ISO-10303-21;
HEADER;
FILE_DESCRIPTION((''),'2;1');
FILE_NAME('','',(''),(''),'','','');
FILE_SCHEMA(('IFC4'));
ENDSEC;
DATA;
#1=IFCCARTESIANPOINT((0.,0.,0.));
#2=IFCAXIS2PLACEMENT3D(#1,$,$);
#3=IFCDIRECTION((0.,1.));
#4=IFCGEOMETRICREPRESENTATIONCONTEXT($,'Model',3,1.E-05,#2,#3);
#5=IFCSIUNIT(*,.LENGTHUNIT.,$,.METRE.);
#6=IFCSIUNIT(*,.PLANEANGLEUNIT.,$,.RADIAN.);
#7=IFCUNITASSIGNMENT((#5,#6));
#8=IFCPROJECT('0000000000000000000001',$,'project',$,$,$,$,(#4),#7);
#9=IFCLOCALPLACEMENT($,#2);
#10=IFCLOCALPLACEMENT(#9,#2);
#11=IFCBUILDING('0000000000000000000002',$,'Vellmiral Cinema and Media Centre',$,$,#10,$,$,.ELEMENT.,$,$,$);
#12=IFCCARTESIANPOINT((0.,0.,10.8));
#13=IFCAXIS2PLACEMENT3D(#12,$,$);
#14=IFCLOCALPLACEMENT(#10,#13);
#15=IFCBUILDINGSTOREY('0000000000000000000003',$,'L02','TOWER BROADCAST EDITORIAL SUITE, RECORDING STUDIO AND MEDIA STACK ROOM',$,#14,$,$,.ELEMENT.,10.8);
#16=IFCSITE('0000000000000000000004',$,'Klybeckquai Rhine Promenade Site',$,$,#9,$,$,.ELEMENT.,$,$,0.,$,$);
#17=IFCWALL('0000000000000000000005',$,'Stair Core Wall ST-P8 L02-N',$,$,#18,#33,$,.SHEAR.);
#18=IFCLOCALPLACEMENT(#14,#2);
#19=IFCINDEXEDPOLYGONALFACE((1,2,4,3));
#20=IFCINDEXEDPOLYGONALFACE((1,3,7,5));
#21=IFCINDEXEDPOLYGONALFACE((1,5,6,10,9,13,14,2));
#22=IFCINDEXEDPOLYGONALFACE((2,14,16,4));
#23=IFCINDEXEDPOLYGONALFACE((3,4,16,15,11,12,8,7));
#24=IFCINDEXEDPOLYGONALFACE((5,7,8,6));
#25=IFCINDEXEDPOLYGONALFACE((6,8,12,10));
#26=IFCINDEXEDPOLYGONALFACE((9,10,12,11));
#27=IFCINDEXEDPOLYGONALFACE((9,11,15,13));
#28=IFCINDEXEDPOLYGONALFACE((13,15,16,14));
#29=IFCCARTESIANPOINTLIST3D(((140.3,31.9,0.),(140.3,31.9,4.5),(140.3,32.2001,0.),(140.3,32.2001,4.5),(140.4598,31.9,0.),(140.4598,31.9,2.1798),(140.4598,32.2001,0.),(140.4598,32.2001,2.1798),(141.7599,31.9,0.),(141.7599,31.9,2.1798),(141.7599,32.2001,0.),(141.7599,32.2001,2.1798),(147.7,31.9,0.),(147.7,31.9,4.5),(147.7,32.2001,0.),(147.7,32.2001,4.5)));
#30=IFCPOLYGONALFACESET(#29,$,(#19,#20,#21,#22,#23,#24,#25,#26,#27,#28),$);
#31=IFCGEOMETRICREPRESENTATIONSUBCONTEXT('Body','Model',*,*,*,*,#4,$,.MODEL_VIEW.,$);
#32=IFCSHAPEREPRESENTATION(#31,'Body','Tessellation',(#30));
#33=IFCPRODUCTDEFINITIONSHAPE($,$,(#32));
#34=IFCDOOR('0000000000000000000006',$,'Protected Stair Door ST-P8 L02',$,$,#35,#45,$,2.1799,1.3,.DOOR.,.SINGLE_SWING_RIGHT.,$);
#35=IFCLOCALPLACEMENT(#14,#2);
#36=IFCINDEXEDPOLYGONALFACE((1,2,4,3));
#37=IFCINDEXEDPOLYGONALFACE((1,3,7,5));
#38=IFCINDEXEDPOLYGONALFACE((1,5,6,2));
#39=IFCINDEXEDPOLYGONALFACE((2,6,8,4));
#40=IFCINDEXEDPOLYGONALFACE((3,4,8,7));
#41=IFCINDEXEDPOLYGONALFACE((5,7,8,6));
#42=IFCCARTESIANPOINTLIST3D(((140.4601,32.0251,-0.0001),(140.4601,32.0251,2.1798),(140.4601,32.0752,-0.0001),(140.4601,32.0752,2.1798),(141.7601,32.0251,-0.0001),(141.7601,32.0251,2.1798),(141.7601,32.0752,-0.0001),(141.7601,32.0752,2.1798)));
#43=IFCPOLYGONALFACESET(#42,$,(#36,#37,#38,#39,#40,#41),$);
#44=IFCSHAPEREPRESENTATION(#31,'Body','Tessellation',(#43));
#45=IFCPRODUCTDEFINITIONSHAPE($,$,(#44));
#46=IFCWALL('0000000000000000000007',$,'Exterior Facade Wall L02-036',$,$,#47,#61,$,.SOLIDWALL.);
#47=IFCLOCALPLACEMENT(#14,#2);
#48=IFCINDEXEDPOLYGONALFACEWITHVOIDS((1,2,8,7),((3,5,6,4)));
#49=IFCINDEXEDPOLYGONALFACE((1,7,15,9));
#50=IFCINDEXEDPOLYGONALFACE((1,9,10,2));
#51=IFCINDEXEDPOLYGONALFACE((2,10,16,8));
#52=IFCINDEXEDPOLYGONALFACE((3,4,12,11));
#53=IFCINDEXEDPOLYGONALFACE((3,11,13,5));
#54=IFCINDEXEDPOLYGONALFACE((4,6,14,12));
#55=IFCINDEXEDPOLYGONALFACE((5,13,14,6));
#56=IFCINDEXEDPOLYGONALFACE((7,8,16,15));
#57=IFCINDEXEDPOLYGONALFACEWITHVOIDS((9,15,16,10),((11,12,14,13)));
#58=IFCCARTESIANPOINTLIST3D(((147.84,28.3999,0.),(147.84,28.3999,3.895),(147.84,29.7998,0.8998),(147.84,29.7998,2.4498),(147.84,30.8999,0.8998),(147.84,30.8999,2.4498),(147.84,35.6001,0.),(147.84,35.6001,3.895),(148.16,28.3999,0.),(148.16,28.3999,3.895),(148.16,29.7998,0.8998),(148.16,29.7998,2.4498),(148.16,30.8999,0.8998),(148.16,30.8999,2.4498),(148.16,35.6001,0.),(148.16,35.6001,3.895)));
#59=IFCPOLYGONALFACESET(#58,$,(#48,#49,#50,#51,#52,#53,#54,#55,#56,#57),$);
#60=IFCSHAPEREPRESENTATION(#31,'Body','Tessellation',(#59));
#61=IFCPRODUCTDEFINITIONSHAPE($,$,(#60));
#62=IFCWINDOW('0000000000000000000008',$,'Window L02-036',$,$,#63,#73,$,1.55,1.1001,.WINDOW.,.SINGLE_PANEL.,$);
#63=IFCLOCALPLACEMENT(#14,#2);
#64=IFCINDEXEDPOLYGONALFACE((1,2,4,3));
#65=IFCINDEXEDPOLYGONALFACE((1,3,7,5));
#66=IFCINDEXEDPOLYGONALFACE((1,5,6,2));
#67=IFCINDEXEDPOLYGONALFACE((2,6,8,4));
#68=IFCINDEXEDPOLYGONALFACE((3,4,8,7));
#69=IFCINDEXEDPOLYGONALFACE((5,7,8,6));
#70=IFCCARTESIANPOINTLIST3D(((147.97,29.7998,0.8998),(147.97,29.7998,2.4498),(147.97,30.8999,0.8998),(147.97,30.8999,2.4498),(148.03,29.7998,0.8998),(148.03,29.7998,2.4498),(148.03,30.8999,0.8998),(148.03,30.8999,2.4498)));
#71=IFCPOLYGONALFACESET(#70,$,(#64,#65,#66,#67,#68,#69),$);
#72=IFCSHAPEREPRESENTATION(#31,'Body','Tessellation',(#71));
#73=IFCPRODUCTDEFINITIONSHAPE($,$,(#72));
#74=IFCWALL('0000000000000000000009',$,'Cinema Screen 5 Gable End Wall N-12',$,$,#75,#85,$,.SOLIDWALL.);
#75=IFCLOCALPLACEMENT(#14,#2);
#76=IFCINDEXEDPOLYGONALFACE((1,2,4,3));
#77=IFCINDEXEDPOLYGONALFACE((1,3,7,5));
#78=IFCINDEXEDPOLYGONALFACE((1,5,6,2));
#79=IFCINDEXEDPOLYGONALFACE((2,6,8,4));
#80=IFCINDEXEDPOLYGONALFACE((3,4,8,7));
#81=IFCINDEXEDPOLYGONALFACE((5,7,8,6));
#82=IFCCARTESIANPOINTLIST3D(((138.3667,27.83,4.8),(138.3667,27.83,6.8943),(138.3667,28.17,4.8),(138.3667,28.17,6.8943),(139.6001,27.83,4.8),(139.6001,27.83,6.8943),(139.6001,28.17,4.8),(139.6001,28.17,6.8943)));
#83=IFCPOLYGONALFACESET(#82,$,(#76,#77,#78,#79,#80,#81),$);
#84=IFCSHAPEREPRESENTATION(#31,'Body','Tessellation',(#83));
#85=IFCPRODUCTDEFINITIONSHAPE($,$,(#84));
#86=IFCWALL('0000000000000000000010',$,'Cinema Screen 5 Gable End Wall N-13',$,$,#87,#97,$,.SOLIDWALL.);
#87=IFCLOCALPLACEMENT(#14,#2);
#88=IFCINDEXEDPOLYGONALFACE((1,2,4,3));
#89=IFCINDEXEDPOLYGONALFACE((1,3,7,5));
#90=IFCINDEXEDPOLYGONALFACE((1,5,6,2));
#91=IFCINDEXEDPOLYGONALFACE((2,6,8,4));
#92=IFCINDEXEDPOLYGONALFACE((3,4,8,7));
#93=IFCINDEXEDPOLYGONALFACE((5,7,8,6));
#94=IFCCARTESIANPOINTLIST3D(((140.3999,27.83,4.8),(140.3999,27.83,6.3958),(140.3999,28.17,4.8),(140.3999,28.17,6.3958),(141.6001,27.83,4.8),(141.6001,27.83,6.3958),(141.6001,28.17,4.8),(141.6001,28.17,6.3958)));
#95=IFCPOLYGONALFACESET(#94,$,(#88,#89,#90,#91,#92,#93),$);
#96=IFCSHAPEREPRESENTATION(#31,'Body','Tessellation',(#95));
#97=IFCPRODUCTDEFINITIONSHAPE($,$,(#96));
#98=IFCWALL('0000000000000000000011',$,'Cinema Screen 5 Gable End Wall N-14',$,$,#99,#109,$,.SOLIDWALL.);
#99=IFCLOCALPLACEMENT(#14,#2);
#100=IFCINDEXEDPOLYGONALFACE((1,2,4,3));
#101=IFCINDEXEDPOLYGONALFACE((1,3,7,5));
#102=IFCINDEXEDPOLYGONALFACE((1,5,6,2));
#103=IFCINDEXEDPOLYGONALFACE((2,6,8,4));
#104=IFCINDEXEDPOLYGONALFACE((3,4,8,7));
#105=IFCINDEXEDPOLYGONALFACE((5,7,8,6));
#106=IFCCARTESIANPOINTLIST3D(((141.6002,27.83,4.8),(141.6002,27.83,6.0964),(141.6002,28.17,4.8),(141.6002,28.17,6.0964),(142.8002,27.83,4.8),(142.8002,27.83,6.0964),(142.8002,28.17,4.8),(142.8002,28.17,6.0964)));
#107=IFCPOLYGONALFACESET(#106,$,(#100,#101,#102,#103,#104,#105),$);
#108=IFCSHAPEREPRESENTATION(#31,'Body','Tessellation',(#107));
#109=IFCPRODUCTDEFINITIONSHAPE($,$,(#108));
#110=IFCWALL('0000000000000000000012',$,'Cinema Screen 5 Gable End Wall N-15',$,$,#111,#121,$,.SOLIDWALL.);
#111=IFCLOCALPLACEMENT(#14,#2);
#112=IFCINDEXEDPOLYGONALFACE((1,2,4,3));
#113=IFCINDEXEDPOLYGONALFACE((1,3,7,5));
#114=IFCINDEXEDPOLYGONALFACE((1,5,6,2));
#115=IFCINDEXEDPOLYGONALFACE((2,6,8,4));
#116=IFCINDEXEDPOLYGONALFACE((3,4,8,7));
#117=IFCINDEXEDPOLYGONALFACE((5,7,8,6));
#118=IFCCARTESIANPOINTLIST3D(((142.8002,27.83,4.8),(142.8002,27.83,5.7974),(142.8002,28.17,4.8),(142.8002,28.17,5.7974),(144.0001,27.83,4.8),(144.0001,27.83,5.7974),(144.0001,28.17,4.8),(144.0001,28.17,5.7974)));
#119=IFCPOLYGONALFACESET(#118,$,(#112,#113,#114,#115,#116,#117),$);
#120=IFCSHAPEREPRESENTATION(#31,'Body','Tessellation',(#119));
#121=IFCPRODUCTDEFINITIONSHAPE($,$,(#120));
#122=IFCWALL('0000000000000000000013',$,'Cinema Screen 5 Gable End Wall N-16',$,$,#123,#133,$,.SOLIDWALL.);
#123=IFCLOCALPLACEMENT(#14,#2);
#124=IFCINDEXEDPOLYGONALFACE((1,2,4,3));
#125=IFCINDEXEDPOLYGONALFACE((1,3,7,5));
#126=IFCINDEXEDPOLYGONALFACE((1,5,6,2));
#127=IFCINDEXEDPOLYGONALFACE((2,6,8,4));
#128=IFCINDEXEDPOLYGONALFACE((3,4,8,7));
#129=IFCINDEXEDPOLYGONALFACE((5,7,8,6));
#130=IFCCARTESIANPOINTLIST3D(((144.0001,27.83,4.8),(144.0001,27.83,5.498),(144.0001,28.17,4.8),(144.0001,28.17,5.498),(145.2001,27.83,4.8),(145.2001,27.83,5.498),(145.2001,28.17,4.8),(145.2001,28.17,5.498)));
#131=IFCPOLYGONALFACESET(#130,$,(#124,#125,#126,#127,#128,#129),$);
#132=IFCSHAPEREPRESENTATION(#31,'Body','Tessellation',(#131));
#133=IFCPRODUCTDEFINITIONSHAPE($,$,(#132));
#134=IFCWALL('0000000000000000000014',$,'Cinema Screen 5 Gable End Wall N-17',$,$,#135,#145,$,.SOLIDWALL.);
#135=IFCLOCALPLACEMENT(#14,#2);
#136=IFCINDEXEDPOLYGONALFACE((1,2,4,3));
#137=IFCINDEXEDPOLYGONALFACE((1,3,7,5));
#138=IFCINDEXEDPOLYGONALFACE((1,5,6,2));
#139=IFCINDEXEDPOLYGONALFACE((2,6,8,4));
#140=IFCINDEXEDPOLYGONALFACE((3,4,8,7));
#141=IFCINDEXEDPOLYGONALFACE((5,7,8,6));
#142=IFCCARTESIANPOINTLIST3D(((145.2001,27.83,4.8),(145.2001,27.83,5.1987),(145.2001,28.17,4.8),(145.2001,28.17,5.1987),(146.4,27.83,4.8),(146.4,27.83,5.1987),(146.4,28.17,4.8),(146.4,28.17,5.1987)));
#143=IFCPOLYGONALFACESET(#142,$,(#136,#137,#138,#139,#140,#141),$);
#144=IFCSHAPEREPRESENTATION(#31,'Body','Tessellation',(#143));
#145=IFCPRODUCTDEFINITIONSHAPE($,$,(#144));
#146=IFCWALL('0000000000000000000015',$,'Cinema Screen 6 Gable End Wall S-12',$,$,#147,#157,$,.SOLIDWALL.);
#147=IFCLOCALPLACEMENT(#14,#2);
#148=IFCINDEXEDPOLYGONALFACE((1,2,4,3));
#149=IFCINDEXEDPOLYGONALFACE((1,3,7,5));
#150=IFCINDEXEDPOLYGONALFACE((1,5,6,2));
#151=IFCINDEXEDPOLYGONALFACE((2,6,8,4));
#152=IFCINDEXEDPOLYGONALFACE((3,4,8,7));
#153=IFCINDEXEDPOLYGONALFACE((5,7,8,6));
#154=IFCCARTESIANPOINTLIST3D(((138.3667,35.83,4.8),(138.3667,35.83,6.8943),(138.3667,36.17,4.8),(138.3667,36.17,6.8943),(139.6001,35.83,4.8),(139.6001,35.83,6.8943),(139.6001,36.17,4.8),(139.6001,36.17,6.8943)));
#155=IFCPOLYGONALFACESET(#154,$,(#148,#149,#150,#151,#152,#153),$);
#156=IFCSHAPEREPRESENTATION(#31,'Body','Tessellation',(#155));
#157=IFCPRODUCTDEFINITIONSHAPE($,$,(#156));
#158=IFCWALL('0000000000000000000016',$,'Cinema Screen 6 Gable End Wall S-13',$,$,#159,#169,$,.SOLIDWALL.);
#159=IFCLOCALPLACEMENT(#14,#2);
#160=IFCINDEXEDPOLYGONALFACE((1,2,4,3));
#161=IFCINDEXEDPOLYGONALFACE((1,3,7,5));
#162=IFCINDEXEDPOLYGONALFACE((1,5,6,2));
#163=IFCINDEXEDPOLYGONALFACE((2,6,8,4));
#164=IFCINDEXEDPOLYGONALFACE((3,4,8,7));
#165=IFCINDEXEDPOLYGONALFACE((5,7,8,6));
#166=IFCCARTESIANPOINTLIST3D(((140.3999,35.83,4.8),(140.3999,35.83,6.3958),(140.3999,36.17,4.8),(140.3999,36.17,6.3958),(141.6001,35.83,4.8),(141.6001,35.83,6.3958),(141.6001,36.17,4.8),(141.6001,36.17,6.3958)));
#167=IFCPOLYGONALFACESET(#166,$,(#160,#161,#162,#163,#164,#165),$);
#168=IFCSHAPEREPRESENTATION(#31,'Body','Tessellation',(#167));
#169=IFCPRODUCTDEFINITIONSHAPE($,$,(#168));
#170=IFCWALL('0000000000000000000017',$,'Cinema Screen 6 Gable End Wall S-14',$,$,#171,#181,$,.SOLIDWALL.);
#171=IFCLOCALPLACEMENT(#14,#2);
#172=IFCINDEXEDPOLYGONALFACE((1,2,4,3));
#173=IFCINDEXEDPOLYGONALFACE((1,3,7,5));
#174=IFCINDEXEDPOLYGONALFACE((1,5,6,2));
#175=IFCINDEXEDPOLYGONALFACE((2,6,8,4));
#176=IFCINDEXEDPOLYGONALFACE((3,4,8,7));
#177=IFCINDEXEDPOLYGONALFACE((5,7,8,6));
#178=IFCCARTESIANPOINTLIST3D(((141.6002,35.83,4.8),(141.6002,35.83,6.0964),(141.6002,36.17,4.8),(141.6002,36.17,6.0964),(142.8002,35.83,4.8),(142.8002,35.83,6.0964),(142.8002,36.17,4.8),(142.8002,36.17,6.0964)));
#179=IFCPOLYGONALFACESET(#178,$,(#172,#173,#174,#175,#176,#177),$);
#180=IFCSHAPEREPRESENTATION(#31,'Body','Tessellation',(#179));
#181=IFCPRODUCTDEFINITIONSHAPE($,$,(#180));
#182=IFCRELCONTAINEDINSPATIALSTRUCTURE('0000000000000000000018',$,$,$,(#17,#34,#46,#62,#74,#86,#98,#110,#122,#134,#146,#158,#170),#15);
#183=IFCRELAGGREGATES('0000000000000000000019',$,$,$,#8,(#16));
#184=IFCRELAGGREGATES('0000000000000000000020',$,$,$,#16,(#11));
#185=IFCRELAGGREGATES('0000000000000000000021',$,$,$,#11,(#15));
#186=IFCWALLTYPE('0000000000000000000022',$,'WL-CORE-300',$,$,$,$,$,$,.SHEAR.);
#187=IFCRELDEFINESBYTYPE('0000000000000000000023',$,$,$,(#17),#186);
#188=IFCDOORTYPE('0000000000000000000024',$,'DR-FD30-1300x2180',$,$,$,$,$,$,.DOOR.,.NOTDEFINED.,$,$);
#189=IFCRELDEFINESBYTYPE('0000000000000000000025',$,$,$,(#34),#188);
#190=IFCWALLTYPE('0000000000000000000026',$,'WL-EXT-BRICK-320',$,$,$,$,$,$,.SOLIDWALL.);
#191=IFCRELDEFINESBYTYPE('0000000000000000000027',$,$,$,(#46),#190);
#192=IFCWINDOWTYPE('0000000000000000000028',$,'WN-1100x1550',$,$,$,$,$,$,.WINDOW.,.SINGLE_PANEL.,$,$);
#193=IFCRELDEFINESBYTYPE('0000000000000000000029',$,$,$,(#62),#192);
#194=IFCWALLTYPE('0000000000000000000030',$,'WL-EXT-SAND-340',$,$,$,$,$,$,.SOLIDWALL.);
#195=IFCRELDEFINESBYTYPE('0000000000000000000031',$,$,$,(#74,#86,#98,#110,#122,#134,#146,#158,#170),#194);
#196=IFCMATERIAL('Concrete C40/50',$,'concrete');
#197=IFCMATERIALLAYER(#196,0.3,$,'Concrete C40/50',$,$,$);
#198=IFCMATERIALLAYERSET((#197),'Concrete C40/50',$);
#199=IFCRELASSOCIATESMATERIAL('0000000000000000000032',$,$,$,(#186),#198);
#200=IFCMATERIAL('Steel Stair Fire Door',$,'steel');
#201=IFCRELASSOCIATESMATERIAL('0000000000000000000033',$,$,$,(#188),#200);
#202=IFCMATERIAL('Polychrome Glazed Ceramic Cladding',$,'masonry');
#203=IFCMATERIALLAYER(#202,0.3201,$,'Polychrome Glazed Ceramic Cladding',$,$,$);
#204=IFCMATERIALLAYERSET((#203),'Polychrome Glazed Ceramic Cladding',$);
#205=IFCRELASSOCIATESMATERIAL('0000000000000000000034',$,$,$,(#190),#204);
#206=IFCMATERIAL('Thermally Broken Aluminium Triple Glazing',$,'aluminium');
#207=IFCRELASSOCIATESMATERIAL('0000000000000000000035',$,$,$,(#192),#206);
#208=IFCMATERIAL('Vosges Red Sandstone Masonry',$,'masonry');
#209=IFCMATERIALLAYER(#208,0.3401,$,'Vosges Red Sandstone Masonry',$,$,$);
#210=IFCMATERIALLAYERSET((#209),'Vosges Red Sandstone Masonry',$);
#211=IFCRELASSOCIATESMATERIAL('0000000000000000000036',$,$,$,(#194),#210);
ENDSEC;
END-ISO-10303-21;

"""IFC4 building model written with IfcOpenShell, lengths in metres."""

from ifc_helpers import new_model, si_unit, direction, frame, frame_2d, origin, place, context, subcontext, project, spatial, rectangle, extrude, material, layer, layer_set, type_object, element, fill, save


model = new_model("IFC4")

# Units and contexts
model_context = context("Model", 3, precision=1e-05, world=origin(), true_north=direction((0.0, 1.0)))
body_context = subcontext(model_context, "Body", "Model", "MODEL_VIEW")
ifc_project = project(units=[si_unit("LENGTHUNIT", "METRE"), si_unit("PLANEANGLEUNIT", "RADIAN")], contexts=[model_context])

# Site, building, storey
site_placement = place(None, origin())
site = spatial("IfcSite", under=ifc_project, at=site_placement, Name="Klybeckquai Rhine Promenade Site", CompositionType="ELEMENT", RefElevation=0.0)
building_placement = place(site_placement, origin())
building = spatial("IfcBuilding", under=site, at=building_placement, Name="Vellmiral Cinema and Media Centre", CompositionType="ELEMENT")
storey_placement = place(building_placement, frame((0.0, 0.0, 10.8)))
storey = spatial("IfcBuildingStorey", under=building, at=storey_placement, Name="L02", Description="TOWER BROADCAST EDITORIAL SUITE, RECORDING STUDIO AND MEDIA STACK ROOM", CompositionType="ELEMENT", Elevation=10.8)

# Shared definitions
ifc_material_1 = material(Name="Concrete C40/50", Category="concrete")
ifc_layer_1 = layer(ifc_material_1, 0.3, Name="Concrete C40/50")
ifc_layer_set_1 = layer_set([ifc_layer_1], Name="Concrete C40/50")
wall_type_1 = type_object("IfcWallType", Name="WL-CORE-300", PredefinedType="SHEAR", material=ifc_layer_set_1)

# Wall, opening, door
wall_1_placement = place(storey_placement, frame((140.3, 32.05, 0.0), z_axis=(0.0, 0.0, 1.0), x_axis=(1.0, 0.0, 0.0)))
wall_1 = element("IfcWall", 1, at=wall_1_placement, inside=storey, type_object=wall_type_1, Name="Stair Core Wall ST-P8 L02-N", PredefinedType="SHEAR", context=body_context, shape_type="SweptSolid", body=[
    extrude(rectangle(XDim=7.3999, YDim=0.3, at=frame_2d((3.7, 0.0))), origin(), (0.0, 0.0, 1.0), 4.5),
])
opening_1_placement = place(wall_1_placement, frame((0.1599, 0.0, 0.0)))
opening_1 = element("IfcOpeningElement", 2, at=opening_1_placement, cuts=wall_1, PredefinedType="OPENING", context=body_context, shape_type="SweptSolid", body=[
    extrude(rectangle(XDim=1.3, YDim=2.1799, at=frame_2d((0.6499, 1.0898))), frame((0.0, 0.1621, 0.0), z_axis=(0.0, -1.0, 0.0), x_axis=(1.0, 0.0, 0.0)), (0.0, 0.0, 1.0), 0.324),
])
ifc_material_2 = material(Name="Steel Stair Fire Door", Category="steel")
door_type_1 = type_object("IfcDoorType", Name="DR-FD30-1300x2180", OperationType="NOTDEFINED", PredefinedType="DOOR", material=ifc_material_2)
door_1_placement = place(opening_1_placement, frame((1.3, 0.0, 0.0), z_axis=(0.0, 0.0, 1.0), x_axis=(-1.0, 0.0, 0.0)))
door_1 = element("IfcDoor", 3, at=door_1_placement, inside=storey, type_object=door_type_1, Name="Protected Stair Door ST-P8 L02", OperationType="SINGLE_SWING_RIGHT", OverallHeight=2.1799, OverallWidth=1.3, PredefinedType="DOOR", context=body_context, shape_type="SweptSolid", body=[
    extrude(rectangle(XDim=1.3, YDim=2.1799, at=frame_2d((0.6499, 1.0898))), frame((0.0, 0.0249, 0.0), z_axis=(0.0, -1.0, 0.0), x_axis=(1.0, 0.0, 0.0)), (0.0, 0.0, 1.0), 0.05),
])
fill(opening_1, door_1)

# Wall, opening, window
ifc_material_3 = material(Name="Polychrome Glazed Ceramic Cladding", Category="masonry")
ifc_layer_2 = layer(ifc_material_3, 0.3201, Name="Polychrome Glazed Ceramic Cladding")
ifc_layer_set_2 = layer_set([ifc_layer_2], Name="Polychrome Glazed Ceramic Cladding")
wall_type_2 = type_object("IfcWallType", Name="WL-EXT-BRICK-320", PredefinedType="SOLIDWALL", material=ifc_layer_set_2)
wall_2_placement = place(storey_placement, frame((148.0, 28.3999, 0.0), z_axis=(0.0, 0.0, 1.0), x_axis=(0.0, 1.0, 0.0)))
wall_2 = element("IfcWall", 4, at=wall_2_placement, inside=storey, type_object=wall_type_2, Name="Exterior Facade Wall L02-036", PredefinedType="SOLIDWALL", context=body_context, shape_type="SweptSolid", body=[
    extrude(rectangle(XDim=7.2002, YDim=0.3201, at=frame_2d((3.6001, 0.0))), origin(), (0.0, 0.0, 1.0), 3.895),
])
opening_2_placement = place(wall_2_placement, frame((1.3999, 0.0, 0.8999)))
opening_2 = element("IfcOpeningElement", 5, at=opening_2_placement, cuts=wall_2, PredefinedType="OPENING", context=body_context, shape_type="SweptSolid", body=[
    extrude(rectangle(XDim=1.1001, YDim=1.55, at=frame_2d((0.55, 0.7749))), frame((0.0, 0.1719, 0.0), z_axis=(0.0, -1.0, 0.0), x_axis=(1.0, 0.0, 0.0)), (0.0, 0.0, 1.0), 0.344),
])
ifc_material_4 = material(Name="Thermally Broken Aluminium Triple Glazing", Category="aluminium")
window_type = type_object("IfcWindowType", Name="WN-1100x1550", PartitioningType="SINGLE_PANEL", PredefinedType="WINDOW", material=ifc_material_4)
window_placement = place(opening_2_placement, origin())
window = element("IfcWindow", 6, at=window_placement, inside=storey, type_object=window_type, Name="Window L02-036", OverallHeight=1.55, OverallWidth=1.1001, PartitioningType="SINGLE_PANEL", PredefinedType="WINDOW", context=body_context, shape_type="SweptSolid", body=[
    extrude(rectangle(XDim=1.1001, YDim=1.55, at=frame_2d((0.55, 0.7749))), frame((0.0, 0.03, 0.0), z_axis=(0.0, -1.0, 0.0), x_axis=(1.0, 0.0, 0.0)), (0.0, 0.0, 1.0), 0.0601),
])
fill(opening_2, window)

# Walls
ifc_material_5 = material(Name="Vosges Red Sandstone Masonry", Category="masonry")
ifc_layer_3 = layer(ifc_material_5, 0.3401, Name="Vosges Red Sandstone Masonry")
ifc_layer_set_3 = layer_set([ifc_layer_3], Name="Vosges Red Sandstone Masonry")
wall_type_3 = type_object("IfcWallType", Name="WL-EXT-SAND-340", PredefinedType="SOLIDWALL", material=ifc_layer_set_3)
wall_3_placement = place(storey_placement, frame((138.3667, 28.0, 4.8), z_axis=(0.0, 0.0, 1.0), x_axis=(1.0, 0.0, 0.0)))
element("IfcWall", 7, at=wall_3_placement, inside=storey, type_object=wall_type_3, Name="Cinema Screen 5 Gable End Wall N-12", PredefinedType="SOLIDWALL", context=body_context, shape_type="SweptSolid", body=[
    extrude(rectangle(XDim=1.2334, YDim=0.3401, at=frame_2d((0.6167, 0.0))), origin(), (0.0, 0.0, 1.0), 2.0942),
])
wall_4_placement = place(storey_placement, frame((140.3999, 28.0, 4.8), z_axis=(0.0, 0.0, 1.0), x_axis=(1.0, 0.0, 0.0)))
element("IfcWall", 8, at=wall_4_placement, inside=storey, type_object=wall_type_3, Name="Cinema Screen 5 Gable End Wall N-13", PredefinedType="SOLIDWALL", context=body_context, shape_type="SweptSolid", body=[
    extrude(rectangle(XDim=1.2002, YDim=0.3401, at=frame_2d((0.6001, 0.0))), origin(), (0.0, 0.0, 1.0), 1.5957),
])
wall_5_placement = place(storey_placement, frame((141.6001, 28.0, 4.8), z_axis=(0.0, 0.0, 1.0), x_axis=(1.0, 0.0, 0.0)))
element("IfcWall", 9, at=wall_5_placement, inside=storey, type_object=wall_type_3, Name="Cinema Screen 5 Gable End Wall N-14", PredefinedType="SOLIDWALL", context=body_context, shape_type="SweptSolid", body=[
    extrude(rectangle(XDim=1.2, YDim=0.3401, at=frame_2d((0.6001, 0.0))), origin(), (0.0, 0.0, 1.0), 1.2964),
])
wall_6_placement = place(storey_placement, frame((142.8, 28.0, 4.8), z_axis=(0.0, 0.0, 1.0), x_axis=(1.0, 0.0, 0.0)))
element("IfcWall", 10, at=wall_6_placement, inside=storey, type_object=wall_type_3, Name="Cinema Screen 5 Gable End Wall N-15", PredefinedType="SOLIDWALL", context=body_context, shape_type="SweptSolid", body=[
    extrude(rectangle(XDim=1.2, YDim=0.3401, at=frame_2d((0.6001, 0.0))), origin(), (0.0, 0.0, 1.0), 0.9973),
])
wall_7_placement = place(storey_placement, frame((144.0, 28.0, 4.8), z_axis=(0.0, 0.0, 1.0), x_axis=(1.0, 0.0, 0.0)))
element("IfcWall", 11, at=wall_7_placement, inside=storey, type_object=wall_type_3, Name="Cinema Screen 5 Gable End Wall N-16", PredefinedType="SOLIDWALL", context=body_context, shape_type="SweptSolid", body=[
    extrude(rectangle(XDim=1.2, YDim=0.3401, at=frame_2d((0.6001, 0.0))), origin(), (0.0, 0.0, 1.0), 0.698),
])
wall_8_placement = place(storey_placement, frame((145.2, 28.0, 4.8), z_axis=(0.0, 0.0, 1.0), x_axis=(1.0, 0.0, 0.0)))
element("IfcWall", 12, at=wall_8_placement, inside=storey, type_object=wall_type_3, Name="Cinema Screen 5 Gable End Wall N-17", PredefinedType="SOLIDWALL", context=body_context, shape_type="SweptSolid", body=[
    extrude(rectangle(XDim=1.2, YDim=0.3401, at=frame_2d((0.6001, 0.0))), origin(), (0.0, 0.0, 1.0), 0.3987),
])
wall_9_placement = place(storey_placement, frame((138.3667, 36.0, 4.8), z_axis=(0.0, 0.0, 1.0), x_axis=(1.0, 0.0, 0.0)))
element("IfcWall", 13, at=wall_9_placement, inside=storey, type_object=wall_type_3, Name="Cinema Screen 6 Gable End Wall S-12", PredefinedType="SOLIDWALL", context=body_context, shape_type="SweptSolid", body=[
    extrude(rectangle(XDim=1.2334, YDim=0.3401, at=frame_2d((0.6167, 0.0))), origin(), (0.0, 0.0, 1.0), 2.0942),
])
wall_10_placement = place(storey_placement, frame((140.3999, 36.0, 4.8), z_axis=(0.0, 0.0, 1.0), x_axis=(1.0, 0.0, 0.0)))
element("IfcWall", 14, at=wall_10_placement, inside=storey, type_object=wall_type_3, Name="Cinema Screen 6 Gable End Wall S-13", PredefinedType="SOLIDWALL", context=body_context, shape_type="SweptSolid", body=[
    extrude(rectangle(XDim=1.2002, YDim=0.3401, at=frame_2d((0.6001, 0.0))), origin(), (0.0, 0.0, 1.0), 1.5957),
])
wall_11_placement = place(storey_placement, frame((141.6001, 36.0, 4.8), z_axis=(0.0, 0.0, 1.0), x_axis=(1.0, 0.0, 0.0)))
element("IfcWall", 15, at=wall_11_placement, inside=storey, type_object=wall_type_3, Name="Cinema Screen 6 Gable End Wall S-14", PredefinedType="SOLIDWALL", context=body_context, shape_type="SweptSolid", body=[
    extrude(rectangle(XDim=1.2, YDim=0.3401, at=frame_2d((0.6001, 0.0))), origin(), (0.0, 0.0, 1.0), 1.2964),
])

save(model, "model.ifc")
